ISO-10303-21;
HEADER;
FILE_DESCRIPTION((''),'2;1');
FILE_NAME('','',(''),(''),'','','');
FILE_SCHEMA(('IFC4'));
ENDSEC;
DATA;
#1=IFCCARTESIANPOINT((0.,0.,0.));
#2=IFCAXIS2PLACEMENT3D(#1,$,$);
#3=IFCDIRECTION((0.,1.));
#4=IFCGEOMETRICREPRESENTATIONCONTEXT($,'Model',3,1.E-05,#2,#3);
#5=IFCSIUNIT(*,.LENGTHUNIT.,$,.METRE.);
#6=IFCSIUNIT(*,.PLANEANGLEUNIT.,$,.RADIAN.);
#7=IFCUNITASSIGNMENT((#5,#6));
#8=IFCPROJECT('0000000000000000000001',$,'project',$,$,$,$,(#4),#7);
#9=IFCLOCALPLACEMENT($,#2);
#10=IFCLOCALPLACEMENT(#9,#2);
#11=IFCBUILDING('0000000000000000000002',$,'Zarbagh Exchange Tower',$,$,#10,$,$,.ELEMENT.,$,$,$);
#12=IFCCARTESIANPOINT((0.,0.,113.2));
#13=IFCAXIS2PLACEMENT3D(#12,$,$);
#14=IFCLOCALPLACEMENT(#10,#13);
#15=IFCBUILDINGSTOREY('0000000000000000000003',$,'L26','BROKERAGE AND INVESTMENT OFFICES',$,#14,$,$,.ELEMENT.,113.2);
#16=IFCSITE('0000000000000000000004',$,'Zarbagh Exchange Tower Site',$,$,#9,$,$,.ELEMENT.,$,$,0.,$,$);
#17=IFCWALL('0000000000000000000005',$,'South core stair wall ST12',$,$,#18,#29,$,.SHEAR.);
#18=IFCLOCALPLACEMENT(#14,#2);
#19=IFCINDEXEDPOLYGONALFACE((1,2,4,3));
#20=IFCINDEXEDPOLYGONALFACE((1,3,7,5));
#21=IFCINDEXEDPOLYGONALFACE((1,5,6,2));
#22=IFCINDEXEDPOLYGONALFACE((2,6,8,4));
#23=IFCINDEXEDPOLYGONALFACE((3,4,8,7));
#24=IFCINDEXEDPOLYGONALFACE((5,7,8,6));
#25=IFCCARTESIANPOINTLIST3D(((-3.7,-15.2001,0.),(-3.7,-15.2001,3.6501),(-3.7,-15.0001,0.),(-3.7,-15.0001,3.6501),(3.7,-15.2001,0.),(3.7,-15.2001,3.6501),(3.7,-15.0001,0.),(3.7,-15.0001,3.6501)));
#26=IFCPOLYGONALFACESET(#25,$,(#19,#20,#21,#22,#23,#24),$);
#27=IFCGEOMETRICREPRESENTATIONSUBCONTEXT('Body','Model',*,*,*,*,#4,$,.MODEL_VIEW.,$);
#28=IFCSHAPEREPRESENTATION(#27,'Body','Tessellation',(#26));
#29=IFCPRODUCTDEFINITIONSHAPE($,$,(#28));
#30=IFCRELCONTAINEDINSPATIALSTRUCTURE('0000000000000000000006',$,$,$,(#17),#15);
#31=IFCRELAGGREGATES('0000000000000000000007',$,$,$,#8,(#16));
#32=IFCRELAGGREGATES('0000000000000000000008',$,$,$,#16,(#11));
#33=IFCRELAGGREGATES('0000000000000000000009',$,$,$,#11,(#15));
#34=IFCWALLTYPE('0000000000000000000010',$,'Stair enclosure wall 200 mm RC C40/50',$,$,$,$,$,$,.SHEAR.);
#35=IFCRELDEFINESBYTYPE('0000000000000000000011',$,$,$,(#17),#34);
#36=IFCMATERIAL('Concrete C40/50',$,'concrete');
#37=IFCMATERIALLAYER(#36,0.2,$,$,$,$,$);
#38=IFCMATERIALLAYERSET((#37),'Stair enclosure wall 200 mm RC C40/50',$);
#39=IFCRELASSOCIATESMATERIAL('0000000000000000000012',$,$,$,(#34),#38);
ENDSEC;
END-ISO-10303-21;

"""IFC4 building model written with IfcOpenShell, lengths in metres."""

from ifc_helpers import new_model, si_unit, direction, frame, frame_2d, origin, place, context, subcontext, project, spatial, rectangle, extrude, material, layer, layer_set, type_object, element, save


model = new_model("IFC4")

# Units and contexts
model_context = context("Model", 3, precision=1e-05, world=origin(), true_north=direction((0.0, 1.0)))
body_context = subcontext(model_context, "Body", "Model", "MODEL_VIEW")
ifc_project = project(units=[si_unit("LENGTHUNIT", "METRE"), si_unit("PLANEANGLEUNIT", "RADIAN")], contexts=[model_context])

# Site, building, storey
site_placement = place(None, origin())
site = spatial("IfcSite", under=ifc_project, at=site_placement, Name="Zarbagh Exchange Tower Site", CompositionType="ELEMENT", RefElevation=0.0)
building_placement = place(site_placement, origin())
building = spatial("IfcBuilding", under=site, at=building_placement, Name="Zarbagh Exchange Tower", CompositionType="ELEMENT")
storey_placement = place(building_placement, frame((0.0, 0.0, 113.2)))
storey = spatial("IfcBuildingStorey", under=building, at=storey_placement, Name="L26", Description="BROKERAGE AND INVESTMENT OFFICES", CompositionType="ELEMENT", Elevation=113.2)

# Wall
ifc_material_1 = material(Name="Concrete C40/50", Category="concrete")
ifc_layer_1 = layer(ifc_material_1, 0.2)
ifc_layer_set_1 = layer_set([ifc_layer_1], Name="Stair enclosure wall 200 mm RC C40/50")
wall_type_1 = type_object("IfcWallType", Name="Stair enclosure wall 200 mm RC C40/50", PredefinedType="SHEAR", material=ifc_layer_set_1)
wall_1_placement = place(storey_placement, frame((3.7, -15.1001, 0.0), z_axis=(0.0, 0.0, 1.0), x_axis=(-1.0, 0.0, 0.0)))
element("IfcWall", 1, at=wall_1_placement, inside=storey, type_object=wall_type_1, Name="South core stair wall ST12", PredefinedType="SHEAR", context=body_context, shape_type="SweptSolid", body=[
    extrude(rectangle(XDim=7.3999, YDim=0.2, at=frame_2d((3.7, 0.0))), origin(), (0.0, 0.0, 1.0), 3.6501),
])

save(model, "model.ifc")
